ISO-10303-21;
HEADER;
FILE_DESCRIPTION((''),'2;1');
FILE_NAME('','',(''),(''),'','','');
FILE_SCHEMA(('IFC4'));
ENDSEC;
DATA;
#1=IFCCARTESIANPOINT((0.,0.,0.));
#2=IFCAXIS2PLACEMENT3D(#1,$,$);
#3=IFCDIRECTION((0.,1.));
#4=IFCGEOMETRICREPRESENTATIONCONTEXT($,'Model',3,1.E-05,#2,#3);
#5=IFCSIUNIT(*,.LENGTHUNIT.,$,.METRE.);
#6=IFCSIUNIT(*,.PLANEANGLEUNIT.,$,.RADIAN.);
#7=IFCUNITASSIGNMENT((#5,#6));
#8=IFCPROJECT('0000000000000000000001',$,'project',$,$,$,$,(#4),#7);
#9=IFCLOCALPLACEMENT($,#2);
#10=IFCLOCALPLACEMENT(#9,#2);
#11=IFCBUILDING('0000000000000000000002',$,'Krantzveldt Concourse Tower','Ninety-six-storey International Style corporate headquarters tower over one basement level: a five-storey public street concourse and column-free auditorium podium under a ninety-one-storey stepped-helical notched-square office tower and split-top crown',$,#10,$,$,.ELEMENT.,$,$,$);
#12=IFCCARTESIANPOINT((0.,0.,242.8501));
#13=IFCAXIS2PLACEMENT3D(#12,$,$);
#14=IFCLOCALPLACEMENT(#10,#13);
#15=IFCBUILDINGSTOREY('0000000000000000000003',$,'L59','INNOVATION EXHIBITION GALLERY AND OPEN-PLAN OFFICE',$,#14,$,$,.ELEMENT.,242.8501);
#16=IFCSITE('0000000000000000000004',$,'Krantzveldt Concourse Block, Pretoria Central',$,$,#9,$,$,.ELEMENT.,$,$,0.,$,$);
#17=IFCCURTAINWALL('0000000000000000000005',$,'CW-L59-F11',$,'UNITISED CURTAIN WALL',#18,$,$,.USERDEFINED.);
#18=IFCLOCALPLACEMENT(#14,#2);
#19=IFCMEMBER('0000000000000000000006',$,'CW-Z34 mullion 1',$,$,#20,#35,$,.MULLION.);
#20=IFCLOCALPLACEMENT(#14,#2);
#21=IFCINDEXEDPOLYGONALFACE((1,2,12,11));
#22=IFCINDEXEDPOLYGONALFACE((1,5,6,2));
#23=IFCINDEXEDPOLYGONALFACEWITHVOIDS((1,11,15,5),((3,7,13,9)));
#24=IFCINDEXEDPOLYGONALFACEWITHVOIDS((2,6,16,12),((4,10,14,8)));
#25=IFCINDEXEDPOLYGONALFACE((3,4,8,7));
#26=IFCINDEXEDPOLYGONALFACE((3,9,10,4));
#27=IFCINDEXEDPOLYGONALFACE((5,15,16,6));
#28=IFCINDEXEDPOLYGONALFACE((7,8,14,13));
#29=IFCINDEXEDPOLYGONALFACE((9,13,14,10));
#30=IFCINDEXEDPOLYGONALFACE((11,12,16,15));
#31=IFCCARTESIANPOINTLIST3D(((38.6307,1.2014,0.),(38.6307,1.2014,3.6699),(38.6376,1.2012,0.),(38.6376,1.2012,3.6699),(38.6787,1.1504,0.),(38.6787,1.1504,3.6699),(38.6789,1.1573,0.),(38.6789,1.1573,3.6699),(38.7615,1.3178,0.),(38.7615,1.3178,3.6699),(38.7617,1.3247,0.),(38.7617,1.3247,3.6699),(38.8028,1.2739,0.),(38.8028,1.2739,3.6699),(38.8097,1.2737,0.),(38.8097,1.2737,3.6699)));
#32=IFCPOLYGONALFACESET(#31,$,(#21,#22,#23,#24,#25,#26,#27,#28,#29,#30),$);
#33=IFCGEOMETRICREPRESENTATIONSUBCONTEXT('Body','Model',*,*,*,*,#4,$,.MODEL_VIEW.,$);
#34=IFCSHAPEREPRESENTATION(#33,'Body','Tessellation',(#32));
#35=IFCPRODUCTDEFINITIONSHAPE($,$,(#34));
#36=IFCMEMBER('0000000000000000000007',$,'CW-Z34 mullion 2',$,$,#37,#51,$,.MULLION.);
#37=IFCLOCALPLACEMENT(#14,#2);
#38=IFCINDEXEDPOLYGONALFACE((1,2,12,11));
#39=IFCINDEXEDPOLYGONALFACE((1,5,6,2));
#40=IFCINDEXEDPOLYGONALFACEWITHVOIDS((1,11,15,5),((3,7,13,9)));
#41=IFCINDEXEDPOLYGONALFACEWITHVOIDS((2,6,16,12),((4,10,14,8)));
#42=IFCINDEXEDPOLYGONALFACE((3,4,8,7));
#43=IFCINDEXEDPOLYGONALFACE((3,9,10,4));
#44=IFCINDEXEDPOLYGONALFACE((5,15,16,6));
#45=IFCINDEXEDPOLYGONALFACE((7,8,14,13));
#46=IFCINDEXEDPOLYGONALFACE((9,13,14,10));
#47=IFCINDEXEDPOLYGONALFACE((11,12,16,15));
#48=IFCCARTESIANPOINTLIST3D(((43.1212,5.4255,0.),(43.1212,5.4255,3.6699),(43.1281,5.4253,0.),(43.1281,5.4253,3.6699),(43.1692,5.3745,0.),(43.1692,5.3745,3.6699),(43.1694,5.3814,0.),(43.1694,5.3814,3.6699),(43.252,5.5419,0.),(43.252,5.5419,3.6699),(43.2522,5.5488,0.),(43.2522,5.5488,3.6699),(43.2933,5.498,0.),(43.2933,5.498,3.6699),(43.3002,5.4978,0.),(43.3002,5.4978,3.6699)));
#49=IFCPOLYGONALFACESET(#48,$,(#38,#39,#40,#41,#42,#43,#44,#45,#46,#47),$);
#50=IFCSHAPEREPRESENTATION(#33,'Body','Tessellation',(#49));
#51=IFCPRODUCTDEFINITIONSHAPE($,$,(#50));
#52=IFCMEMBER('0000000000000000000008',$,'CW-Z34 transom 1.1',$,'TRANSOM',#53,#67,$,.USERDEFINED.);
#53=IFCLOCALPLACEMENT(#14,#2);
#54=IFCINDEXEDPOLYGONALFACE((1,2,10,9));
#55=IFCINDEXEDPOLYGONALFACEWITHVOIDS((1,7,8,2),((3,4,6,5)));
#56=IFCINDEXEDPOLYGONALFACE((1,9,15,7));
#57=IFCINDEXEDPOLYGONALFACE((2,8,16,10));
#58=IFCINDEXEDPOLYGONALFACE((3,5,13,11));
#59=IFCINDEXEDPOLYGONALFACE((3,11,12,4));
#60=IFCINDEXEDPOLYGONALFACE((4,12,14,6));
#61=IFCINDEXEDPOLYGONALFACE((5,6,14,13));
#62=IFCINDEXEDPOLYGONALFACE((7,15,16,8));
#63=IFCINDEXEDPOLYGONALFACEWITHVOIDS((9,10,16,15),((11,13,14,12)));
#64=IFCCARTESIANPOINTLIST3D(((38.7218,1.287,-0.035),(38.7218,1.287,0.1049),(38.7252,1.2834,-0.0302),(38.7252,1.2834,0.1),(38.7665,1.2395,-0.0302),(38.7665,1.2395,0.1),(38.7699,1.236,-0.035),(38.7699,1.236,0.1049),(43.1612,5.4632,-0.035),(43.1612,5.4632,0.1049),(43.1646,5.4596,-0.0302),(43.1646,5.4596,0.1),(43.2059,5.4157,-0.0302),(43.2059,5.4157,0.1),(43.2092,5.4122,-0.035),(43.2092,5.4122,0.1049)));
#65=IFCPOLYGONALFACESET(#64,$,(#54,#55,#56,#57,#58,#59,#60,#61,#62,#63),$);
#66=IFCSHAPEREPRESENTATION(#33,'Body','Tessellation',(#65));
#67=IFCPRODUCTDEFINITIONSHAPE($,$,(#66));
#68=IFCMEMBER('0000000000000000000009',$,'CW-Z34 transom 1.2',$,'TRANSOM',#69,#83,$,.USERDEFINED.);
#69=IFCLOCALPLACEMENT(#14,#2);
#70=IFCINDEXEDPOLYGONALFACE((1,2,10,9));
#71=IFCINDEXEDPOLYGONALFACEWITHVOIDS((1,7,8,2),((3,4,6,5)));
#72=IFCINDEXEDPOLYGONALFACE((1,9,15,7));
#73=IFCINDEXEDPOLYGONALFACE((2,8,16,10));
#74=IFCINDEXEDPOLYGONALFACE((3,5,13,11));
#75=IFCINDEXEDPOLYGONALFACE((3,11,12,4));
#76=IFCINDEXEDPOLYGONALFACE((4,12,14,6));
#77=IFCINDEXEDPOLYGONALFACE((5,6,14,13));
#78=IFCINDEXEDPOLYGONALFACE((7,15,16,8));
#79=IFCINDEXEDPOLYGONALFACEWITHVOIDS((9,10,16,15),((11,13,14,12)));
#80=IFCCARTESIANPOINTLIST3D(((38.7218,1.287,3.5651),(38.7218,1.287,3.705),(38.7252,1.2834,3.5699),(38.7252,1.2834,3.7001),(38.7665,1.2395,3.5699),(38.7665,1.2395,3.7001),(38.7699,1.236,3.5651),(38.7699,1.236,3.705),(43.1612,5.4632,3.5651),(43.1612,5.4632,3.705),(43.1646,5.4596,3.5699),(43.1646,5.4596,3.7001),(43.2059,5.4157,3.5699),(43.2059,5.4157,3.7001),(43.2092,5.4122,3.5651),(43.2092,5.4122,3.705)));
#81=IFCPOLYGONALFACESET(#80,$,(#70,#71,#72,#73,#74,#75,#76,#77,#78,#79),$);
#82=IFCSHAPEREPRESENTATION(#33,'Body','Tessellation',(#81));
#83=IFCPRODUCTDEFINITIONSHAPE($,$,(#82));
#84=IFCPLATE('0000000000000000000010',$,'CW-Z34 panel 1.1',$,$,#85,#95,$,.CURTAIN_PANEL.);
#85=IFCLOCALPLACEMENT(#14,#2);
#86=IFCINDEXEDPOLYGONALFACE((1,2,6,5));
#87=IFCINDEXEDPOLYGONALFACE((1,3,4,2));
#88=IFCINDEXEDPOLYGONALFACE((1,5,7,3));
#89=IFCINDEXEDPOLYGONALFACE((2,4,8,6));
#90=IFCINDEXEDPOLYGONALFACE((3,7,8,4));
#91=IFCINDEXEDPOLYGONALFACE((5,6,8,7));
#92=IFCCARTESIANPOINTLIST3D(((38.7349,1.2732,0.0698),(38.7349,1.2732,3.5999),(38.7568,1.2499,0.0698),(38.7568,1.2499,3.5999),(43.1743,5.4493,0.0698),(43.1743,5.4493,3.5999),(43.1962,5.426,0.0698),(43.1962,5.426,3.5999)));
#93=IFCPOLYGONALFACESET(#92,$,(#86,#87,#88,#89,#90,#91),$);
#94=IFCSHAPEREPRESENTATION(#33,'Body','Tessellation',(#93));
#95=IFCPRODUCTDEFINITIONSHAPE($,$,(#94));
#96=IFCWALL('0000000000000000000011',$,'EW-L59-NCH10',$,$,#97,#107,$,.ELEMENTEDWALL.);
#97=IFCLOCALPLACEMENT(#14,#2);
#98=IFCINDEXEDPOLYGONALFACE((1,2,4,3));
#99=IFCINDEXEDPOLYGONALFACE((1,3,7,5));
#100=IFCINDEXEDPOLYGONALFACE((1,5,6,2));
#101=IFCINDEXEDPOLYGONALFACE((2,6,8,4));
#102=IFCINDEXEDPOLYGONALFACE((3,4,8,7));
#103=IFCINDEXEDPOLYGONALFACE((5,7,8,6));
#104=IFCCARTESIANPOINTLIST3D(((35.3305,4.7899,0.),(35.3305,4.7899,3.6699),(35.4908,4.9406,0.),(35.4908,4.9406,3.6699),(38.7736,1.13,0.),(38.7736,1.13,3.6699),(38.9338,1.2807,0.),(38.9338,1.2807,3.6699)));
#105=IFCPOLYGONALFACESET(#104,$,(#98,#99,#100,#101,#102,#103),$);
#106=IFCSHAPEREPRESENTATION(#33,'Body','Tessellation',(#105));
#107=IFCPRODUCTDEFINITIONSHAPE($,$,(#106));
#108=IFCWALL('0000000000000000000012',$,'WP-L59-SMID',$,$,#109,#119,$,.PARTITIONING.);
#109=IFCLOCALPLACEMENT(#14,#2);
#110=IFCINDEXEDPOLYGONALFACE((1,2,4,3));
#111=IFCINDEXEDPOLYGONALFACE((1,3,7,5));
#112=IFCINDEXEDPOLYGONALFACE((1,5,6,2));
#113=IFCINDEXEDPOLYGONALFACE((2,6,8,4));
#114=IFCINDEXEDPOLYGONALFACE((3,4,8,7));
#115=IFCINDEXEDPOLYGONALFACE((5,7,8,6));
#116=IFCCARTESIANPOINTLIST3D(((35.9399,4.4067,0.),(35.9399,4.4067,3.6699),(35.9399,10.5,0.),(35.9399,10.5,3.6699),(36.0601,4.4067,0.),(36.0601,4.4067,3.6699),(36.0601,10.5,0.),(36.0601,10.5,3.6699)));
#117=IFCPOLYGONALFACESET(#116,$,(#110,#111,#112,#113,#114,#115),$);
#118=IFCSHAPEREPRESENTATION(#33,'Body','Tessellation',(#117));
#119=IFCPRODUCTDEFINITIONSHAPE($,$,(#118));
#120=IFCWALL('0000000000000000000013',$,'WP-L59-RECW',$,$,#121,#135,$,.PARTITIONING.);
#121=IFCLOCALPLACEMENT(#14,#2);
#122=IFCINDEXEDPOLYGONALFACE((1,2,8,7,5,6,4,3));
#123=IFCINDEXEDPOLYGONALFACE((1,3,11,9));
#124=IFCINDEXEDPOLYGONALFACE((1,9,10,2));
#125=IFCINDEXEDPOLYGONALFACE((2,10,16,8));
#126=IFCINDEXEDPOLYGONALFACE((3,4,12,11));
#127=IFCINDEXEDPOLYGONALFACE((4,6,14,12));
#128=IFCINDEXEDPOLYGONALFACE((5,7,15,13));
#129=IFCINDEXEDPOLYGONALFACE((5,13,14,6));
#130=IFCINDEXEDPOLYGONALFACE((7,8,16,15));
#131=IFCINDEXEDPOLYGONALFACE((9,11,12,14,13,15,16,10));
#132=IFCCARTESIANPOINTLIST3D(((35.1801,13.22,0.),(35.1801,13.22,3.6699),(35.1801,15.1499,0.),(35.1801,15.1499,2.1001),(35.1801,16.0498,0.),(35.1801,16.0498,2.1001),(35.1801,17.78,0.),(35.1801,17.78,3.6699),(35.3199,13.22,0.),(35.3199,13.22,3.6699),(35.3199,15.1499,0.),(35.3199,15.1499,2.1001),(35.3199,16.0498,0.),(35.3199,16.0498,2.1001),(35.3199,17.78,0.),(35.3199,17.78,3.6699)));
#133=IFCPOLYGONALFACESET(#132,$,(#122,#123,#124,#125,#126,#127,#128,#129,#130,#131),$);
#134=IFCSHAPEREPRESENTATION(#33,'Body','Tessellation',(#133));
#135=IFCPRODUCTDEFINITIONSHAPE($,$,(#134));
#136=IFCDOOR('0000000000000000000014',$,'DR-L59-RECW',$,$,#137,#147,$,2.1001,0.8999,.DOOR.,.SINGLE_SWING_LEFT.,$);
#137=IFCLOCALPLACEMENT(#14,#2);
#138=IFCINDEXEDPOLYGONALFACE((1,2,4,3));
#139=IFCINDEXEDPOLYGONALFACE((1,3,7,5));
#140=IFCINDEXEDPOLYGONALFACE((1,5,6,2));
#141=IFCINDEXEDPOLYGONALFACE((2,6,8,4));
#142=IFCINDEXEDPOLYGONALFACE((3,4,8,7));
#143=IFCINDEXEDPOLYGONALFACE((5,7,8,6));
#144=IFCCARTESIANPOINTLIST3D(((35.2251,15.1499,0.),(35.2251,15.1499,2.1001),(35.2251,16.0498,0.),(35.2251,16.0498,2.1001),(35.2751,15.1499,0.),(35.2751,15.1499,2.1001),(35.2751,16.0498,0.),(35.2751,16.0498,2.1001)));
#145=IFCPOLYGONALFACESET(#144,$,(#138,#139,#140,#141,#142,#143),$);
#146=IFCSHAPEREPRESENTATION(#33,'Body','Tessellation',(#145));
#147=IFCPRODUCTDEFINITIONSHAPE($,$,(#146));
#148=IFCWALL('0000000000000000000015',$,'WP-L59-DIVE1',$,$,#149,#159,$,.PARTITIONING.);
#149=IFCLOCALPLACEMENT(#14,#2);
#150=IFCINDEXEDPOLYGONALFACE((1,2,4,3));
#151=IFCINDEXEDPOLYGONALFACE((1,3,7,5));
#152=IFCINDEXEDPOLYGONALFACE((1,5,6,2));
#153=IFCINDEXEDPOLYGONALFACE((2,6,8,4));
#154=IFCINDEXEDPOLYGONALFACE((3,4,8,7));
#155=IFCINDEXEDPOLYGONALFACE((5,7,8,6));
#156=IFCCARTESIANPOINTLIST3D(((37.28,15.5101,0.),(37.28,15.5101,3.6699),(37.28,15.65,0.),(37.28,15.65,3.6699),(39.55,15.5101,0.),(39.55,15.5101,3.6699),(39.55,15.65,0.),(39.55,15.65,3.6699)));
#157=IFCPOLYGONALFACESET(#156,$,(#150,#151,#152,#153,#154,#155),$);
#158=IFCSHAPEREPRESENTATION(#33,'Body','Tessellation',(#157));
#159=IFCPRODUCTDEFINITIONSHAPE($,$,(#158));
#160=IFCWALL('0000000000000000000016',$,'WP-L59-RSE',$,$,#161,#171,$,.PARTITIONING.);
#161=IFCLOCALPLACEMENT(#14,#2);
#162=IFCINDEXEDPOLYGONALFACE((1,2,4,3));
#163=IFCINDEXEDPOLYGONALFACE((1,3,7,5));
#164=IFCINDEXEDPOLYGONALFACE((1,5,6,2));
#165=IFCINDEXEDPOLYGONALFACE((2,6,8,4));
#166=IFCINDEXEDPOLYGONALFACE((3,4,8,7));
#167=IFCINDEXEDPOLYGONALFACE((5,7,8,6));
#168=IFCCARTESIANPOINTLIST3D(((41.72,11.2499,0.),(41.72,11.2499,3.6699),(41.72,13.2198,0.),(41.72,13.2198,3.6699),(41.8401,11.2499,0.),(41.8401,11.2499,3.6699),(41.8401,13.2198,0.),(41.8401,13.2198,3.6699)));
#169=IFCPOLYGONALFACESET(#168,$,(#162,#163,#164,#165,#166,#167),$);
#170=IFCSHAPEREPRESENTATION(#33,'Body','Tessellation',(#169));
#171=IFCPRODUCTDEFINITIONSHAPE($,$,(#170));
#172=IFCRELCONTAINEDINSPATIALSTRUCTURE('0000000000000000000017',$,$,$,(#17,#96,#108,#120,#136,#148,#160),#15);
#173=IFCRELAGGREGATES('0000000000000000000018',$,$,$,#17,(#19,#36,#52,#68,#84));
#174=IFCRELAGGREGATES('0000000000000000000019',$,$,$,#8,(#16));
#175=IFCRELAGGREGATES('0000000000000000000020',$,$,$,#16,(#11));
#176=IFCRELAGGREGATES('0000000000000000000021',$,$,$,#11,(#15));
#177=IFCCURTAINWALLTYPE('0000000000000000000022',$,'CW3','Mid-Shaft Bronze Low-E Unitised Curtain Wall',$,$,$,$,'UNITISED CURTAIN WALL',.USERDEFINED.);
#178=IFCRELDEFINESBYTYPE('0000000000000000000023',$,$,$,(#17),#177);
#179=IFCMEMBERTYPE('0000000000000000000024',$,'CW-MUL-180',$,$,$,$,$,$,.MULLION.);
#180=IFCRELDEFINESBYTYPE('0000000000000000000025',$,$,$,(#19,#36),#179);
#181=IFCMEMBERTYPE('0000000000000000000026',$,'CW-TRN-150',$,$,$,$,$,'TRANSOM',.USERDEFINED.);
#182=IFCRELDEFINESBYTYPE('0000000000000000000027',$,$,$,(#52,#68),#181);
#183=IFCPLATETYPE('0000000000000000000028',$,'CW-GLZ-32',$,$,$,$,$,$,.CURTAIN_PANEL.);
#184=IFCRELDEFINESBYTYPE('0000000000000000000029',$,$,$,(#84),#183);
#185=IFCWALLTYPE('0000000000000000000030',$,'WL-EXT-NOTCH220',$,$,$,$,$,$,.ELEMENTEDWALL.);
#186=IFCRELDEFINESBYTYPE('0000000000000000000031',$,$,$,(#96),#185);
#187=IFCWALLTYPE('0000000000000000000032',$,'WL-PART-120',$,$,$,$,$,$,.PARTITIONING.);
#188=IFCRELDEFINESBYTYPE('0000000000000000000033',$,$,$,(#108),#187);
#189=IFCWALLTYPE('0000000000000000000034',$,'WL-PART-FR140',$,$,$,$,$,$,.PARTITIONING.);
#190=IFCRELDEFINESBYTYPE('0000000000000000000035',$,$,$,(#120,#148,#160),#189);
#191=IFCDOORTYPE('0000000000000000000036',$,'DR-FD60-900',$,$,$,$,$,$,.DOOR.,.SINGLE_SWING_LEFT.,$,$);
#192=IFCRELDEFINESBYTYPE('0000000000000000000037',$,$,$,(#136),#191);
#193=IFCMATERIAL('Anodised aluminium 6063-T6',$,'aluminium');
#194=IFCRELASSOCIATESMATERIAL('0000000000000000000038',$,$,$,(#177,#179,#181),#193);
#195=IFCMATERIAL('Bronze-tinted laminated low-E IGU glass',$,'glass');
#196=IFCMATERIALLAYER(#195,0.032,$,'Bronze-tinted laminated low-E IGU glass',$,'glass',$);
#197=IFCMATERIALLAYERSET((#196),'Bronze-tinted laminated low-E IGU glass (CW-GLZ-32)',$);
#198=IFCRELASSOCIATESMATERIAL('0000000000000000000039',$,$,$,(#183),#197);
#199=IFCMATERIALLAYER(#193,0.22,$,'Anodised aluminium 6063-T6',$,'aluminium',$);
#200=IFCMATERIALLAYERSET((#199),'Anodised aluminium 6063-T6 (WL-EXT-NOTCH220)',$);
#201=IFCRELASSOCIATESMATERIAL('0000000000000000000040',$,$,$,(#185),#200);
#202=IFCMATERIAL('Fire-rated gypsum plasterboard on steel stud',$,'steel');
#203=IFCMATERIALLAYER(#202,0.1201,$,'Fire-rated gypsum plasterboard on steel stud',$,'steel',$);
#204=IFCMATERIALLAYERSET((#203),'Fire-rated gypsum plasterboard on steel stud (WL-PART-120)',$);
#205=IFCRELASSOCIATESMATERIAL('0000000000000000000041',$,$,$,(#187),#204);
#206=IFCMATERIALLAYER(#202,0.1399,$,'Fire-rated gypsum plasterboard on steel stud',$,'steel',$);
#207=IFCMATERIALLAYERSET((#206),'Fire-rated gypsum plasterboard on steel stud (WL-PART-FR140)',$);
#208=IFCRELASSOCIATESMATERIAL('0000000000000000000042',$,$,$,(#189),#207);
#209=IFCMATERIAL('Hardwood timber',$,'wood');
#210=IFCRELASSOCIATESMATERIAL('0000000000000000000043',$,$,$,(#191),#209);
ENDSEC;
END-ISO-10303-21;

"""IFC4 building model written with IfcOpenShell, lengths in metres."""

from ifc_helpers import new_model, si_unit, direction, frame, frame_2d, origin, origin_2d, place, context, subcontext, project, spatial, rectangle, hollow_rectangle, extrude, source, transform, mapped, material, layer, layer_set, material_profile, profile_set, type_object, type_shapes, element, fill, aggregate, save


model = new_model("IFC4")

# Units and contexts
model_context = context("Model", 3, precision=1e-05, world=origin(), true_north=direction((0.0, 1.0)))
body_context = subcontext(model_context, "Body", "Model", "MODEL_VIEW")
ifc_project = project(units=[si_unit("LENGTHUNIT", "METRE"), si_unit("PLANEANGLEUNIT", "RADIAN")], contexts=[model_context])

# Site, building, storey
site_placement = place(None, origin())
site = spatial("IfcSite", under=ifc_project, at=site_placement, Name="Krantzveldt Concourse Block, Pretoria Central", CompositionType="ELEMENT", RefElevation=0.0)
building_placement = place(site_placement, origin())
building = spatial("IfcBuilding", under=site, at=building_placement, Name="Krantzveldt Concourse Tower", Description="Ninety-six-storey International Style corporate headquarters tower over one basement level: a five-storey public street concourse and column-free auditorium podium under a ninety-one-storey stepped-helical notched-square office tower and split-top crown", CompositionType="ELEMENT")
storey_placement = place(building_placement, frame((0.0, 0.0, 242.8501)))
storey = spatial("IfcBuildingStorey", under=building, at=storey_placement, Name="L59", Description="INNOVATION EXHIBITION GALLERY AND OPEN-PLAN OFFICE", CompositionType="ELEMENT", Elevation=242.8501)

# Curtain wall, members, plate
ifc_material_1 = material(Name="Anodised aluminium 6063-T6", Category="aluminium")
curtain_wall_type = type_object("IfcCurtainWallType", Name="CW3", Description="Mid-Shaft Bronze Low-E Unitised Curtain Wall", ElementType="UNITISED CURTAIN WALL", PredefinedType="USERDEFINED", material=ifc_material_1)
curtain_wall_placement = place(storey_placement, origin())
curtain_wall = element("IfcCurtainWall", 1, at=curtain_wall_placement, inside=storey, type_object=curtain_wall_type, Name="CW-L59-F11", ObjectType="UNITISED CURTAIN WALL", PredefinedType="USERDEFINED")
ifc_material_profile_1 = material_profile(ifc_material_1, hollow_rectangle(XDim=0.0701, YDim=0.1799, WallThickness=0.0049, at=origin_2d()), Name="Anodised aluminium 6063-T6", Category="aluminium")
ifc_profile_set_1 = profile_set([ifc_material_profile_1], Name="Anodised aluminium 6063-T6 - ALU-MULL 180x70x5")
member_type_1 = type_object("IfcMemberType", Name="CW-MUL-180", PredefinedType="MULLION", material=ifc_profile_set_1)
shared_shape_1 = source(origin(), body_context, "Body", "SweptSolid", [
    extrude(hollow_rectangle(XDim=0.0701, YDim=0.1799, WallThickness=0.0049, at=origin_2d()), origin(), (0.0, 0.0, 1.0), 3.6699),
])
type_shapes(member_type_1, [shared_shape_1])
member_1_placement = place(storey_placement, frame((38.7202, 1.2375, 0.0), z_axis=(0.0, 0.0, 1.0), x_axis=(-0.685183, 0.728371, 0.0)))
member_1 = element("IfcMember", 2, at=member_1_placement, type_object=member_type_1, Name="CW-Z34 mullion 1", PredefinedType="MULLION", context=body_context, shape_type="MappedRepresentation", body=[
    mapped(shared_shape_1, transform((0.0, 0.0, 0.0), x_axis=(1.0, 0.0, 0.0), y_axis=(0.0, 1.0, 0.0), z_axis=(0.0, 0.0, 1.0), scale=1.0)),
])
member_2_placement = place(storey_placement, frame((43.2107, 5.4617, 0.0), z_axis=(0.0, 0.0, 1.0), x_axis=(-0.685183, 0.728371, 0.0)))
member_2 = element("IfcMember", 3, at=member_2_placement, type_object=member_type_1, Name="CW-Z34 mullion 2", PredefinedType="MULLION", context=body_context, shape_type="MappedRepresentation", body=[
    mapped(shared_shape_1, transform((0.0, 0.0, 0.0), x_axis=(1.0, 0.0, 0.0), y_axis=(0.0, 1.0, 0.0), z_axis=(0.0, 0.0, 1.0), scale=1.0)),
])
ifc_material_profile_2 = material_profile(ifc_material_1, hollow_rectangle(XDim=0.0701, YDim=0.1399, WallThickness=0.0049, at=origin_2d()), Name="Anodised aluminium 6063-T6", Category="aluminium")
ifc_profile_set_2 = profile_set([ifc_material_profile_2], Name="Anodised aluminium 6063-T6 - ALU-TRAN 140x70x5")
member_type_2 = type_object("IfcMemberType", Name="CW-TRN-150", ElementType="TRANSOM", PredefinedType="USERDEFINED", material=ifc_profile_set_2)
shared_shape_2 = source(origin(), body_context, "Body", "SweptSolid", [
    extrude(hollow_rectangle(XDim=0.0701, YDim=0.1399, WallThickness=0.0049, at=origin_2d()), origin(), (0.0, 0.0, 1.0), 6.095),
])
type_shapes(member_type_2, [shared_shape_2])
member_3_placement = place(storey_placement, frame((38.7458, 1.2615, 0.0349), z_axis=(0.728367, 0.685187, 0.0), x_axis=(-0.685187, 0.728367, 0.0)))
member_3 = element("IfcMember", 4, at=member_3_placement, type_object=member_type_2, Name="CW-Z34 transom 1.1", ObjectType="TRANSOM", PredefinedType="USERDEFINED", context=body_context, shape_type="MappedRepresentation", body=[
    mapped(shared_shape_2, transform((0.0, 0.0, 0.0), x_axis=(1.0, 0.0, 0.0), y_axis=(0.0, 1.0, 0.0), z_axis=(0.0, 0.0, 1.0), scale=1.0)),
])
member_4_placement = place(storey_placement, frame((38.7458, 1.2615, 3.635), z_axis=(0.728367, 0.685187, 0.0), x_axis=(-0.685187, 0.728367, 0.0)))
member_4 = element("IfcMember", 5, at=member_4_placement, type_object=member_type_2, Name="CW-Z34 transom 1.2", ObjectType="TRANSOM", PredefinedType="USERDEFINED", context=body_context, shape_type="MappedRepresentation", body=[
    mapped(shared_shape_2, transform((0.0, 0.0, 0.0), x_axis=(1.0, 0.0, 0.0), y_axis=(0.0, 1.0, 0.0), z_axis=(0.0, 0.0, 1.0), scale=1.0)),
])
ifc_material_2 = material(Name="Bronze-tinted laminated low-E IGU glass", Category="glass")
ifc_layer_1 = layer(ifc_material_2, 0.032, Name="Bronze-tinted laminated low-E IGU glass", Category="glass")
ifc_layer_set_1 = layer_set([ifc_layer_1], Name="Bronze-tinted laminated low-E IGU glass (CW-GLZ-32)")
plate_type = type_object("IfcPlateType", Name="CW-GLZ-32", PredefinedType="CURTAIN_PANEL", material=ifc_layer_set_1)
shared_shape_3 = source(origin(), body_context, "Body", "SweptSolid", [
    extrude(rectangle(XDim=6.095, YDim=0.032, at=origin_2d()), origin(), (0.0, 0.0, 1.0), 3.53),
])
type_shapes(plate_type, [shared_shape_3])
plate_placement = place(storey_placement, frame((40.9656, 3.3496, 0.0698), z_axis=(0.0, 0.0, 1.0), x_axis=(0.728371, 0.685183, 0.0)))
plate = element("IfcPlate", 6, at=plate_placement, type_object=plate_type, Name="CW-Z34 panel 1.1", PredefinedType="CURTAIN_PANEL", context=body_context, shape_type="MappedRepresentation", body=[
    mapped(shared_shape_3, transform((0.0, 0.0, 0.0), x_axis=(1.0, 0.0, 0.0), y_axis=(0.0, 1.0, 0.0), z_axis=(0.0, 0.0, 1.0), scale=1.0)),
])
aggregate(curtain_wall, [member_1, member_2, member_3, member_4, plate])

# Walls
ifc_layer_2 = layer(ifc_material_1, 0.22, Name="Anodised aluminium 6063-T6", Category="aluminium")
ifc_layer_set_2 = layer_set([ifc_layer_2], Name="Anodised aluminium 6063-T6 (WL-EXT-NOTCH220)")
wall_type_1 = type_object("IfcWallType", Name="WL-EXT-NOTCH220", PredefinedType="ELEMENTEDWALL", material=ifc_layer_set_2)
wall_1_placement = place(storey_placement, frame((35.4106, 4.8652, 0.0), z_axis=(0.0, 0.0, 1.0), x_axis=(0.685206, -0.72835, 0.0)))
element("IfcWall", 7, at=wall_1_placement, inside=storey, type_object=wall_type_1, Name="EW-L59-NCH10", PredefinedType="ELEMENTEDWALL", context=body_context, shape_type="SweptSolid", body=[
    extrude(rectangle(XDim=5.0249, YDim=0.22, at=frame_2d((2.5125, 0.0))), origin(), (0.0, 0.0, 1.0), 3.6699),
])
ifc_material_3 = material(Name="Fire-rated gypsum plasterboard on steel stud", Category="steel")
ifc_layer_3 = layer(ifc_material_3, 0.1201, Name="Fire-rated gypsum plasterboard on steel stud", Category="steel")
ifc_layer_set_3 = layer_set([ifc_layer_3], Name="Fire-rated gypsum plasterboard on steel stud (WL-PART-120)")
wall_type_2 = type_object("IfcWallType", Name="WL-PART-120", PredefinedType="PARTITIONING", material=ifc_layer_set_3)
wall_2_placement = place(storey_placement, frame((36.0, 4.4067, 0.0), z_axis=(0.0, 0.0, 1.0), x_axis=(0.0, 1.0, 0.0)))
element("IfcWall", 8, at=wall_2_placement, inside=storey, type_object=wall_type_2, Name="WP-L59-SMID", PredefinedType="PARTITIONING", context=body_context, shape_type="SweptSolid", body=[
    extrude(rectangle(XDim=6.0933, YDim=0.1201, at=frame_2d((3.0466, 0.0))), origin(), (0.0, 0.0, 1.0), 3.6699),
])

# Wall, opening, door
ifc_layer_4 = layer(ifc_material_3, 0.1399, Name="Fire-rated gypsum plasterboard on steel stud", Category="steel")
ifc_layer_set_4 = layer_set([ifc_layer_4], Name="Fire-rated gypsum plasterboard on steel stud (WL-PART-FR140)")
wall_type_3 = type_object("IfcWallType", Name="WL-PART-FR140", PredefinedType="PARTITIONING", material=ifc_layer_set_4)
wall_3_placement = place(storey_placement, frame((35.25, 13.22, 0.0), z_axis=(0.0, 0.0, 1.0), x_axis=(0.0, 1.0, 0.0)))
wall_3 = element("IfcWall", 9, at=wall_3_placement, inside=storey, type_object=wall_type_3, Name="WP-L59-RECW", PredefinedType="PARTITIONING", context=body_context, shape_type="SweptSolid", body=[
    extrude(rectangle(XDim=4.5601, YDim=0.1399, at=frame_2d((2.28, 0.0))), origin(), (0.0, 0.0, 1.0), 3.6699),
])
opening_1_placement = place(wall_3_placement, frame((1.9299, 0.0, 0.0)))
opening_1 = element("IfcOpeningElement", 10, at=opening_1_placement, cuts=wall_3, PredefinedType="OPENING", context=body_context, shape_type="SweptSolid", body=[
    extrude(rectangle(XDim=0.8999, YDim=2.1001, at=frame_2d((0.45, 1.05))), frame((0.0, 0.0801, 0.0), z_axis=(0.0, -1.0, 0.0), x_axis=(1.0, 0.0, 0.0)), (0.0, 0.0, 1.0), 0.1599),
])
ifc_material_4 = material(Name="Hardwood timber", Category="wood")
door_type_1 = type_object("IfcDoorType", Name="DR-FD60-900", OperationType="SINGLE_SWING_LEFT", PredefinedType="DOOR", material=ifc_material_4)
door_1_placement = place(opening_1_placement, origin())
door_1 = element("IfcDoor", 11, at=door_1_placement, inside=storey, type_object=door_type_1, Name="DR-L59-RECW", OperationType="SINGLE_SWING_LEFT", OverallHeight=2.1001, OverallWidth=0.8999, PredefinedType="DOOR", context=body_context, shape_type="SweptSolid", body=[
    extrude(rectangle(XDim=0.8999, YDim=2.1001, at=frame_2d((0.45, 1.05))), frame((0.0, 0.0249, 0.0), z_axis=(0.0, -1.0, 0.0), x_axis=(1.0, 0.0, 0.0)), (0.0, 0.0, 1.0), 0.05),
])
fill(opening_1, door_1)

# Walls
wall_4_placement = place(storey_placement, frame((37.28, 15.5801, 0.0), z_axis=(0.0, 0.0, 1.0), x_axis=(1.0, 0.0, 0.0)))
element("IfcWall", 12, at=wall_4_placement, inside=storey, type_object=wall_type_3, Name="WP-L59-DIVE1", PredefinedType="PARTITIONING", context=body_context, shape_type="SweptSolid", body=[
    extrude(rectangle(XDim=2.27, YDim=0.1399, at=frame_2d((1.135, 0.0))), origin(), (0.0, 0.0, 1.0), 3.6699),
])
wall_5_placement = place(storey_placement, frame((41.78, 11.25, 0.0), z_axis=(0.0, 0.0, 1.0), x_axis=(0.0, 1.0, 0.0)))
element("IfcWall", 13, at=wall_5_placement, inside=storey, type_object=wall_type_3, Name="WP-L59-RSE", PredefinedType="PARTITIONING", context=body_context, shape_type="SweptSolid", body=[
    extrude(rectangle(XDim=1.97, YDim=0.1201, at=frame_2d((0.9849, 0.0))), origin(), (0.0, 0.0, 1.0), 3.6699),
])

save(model, "model.ifc")
